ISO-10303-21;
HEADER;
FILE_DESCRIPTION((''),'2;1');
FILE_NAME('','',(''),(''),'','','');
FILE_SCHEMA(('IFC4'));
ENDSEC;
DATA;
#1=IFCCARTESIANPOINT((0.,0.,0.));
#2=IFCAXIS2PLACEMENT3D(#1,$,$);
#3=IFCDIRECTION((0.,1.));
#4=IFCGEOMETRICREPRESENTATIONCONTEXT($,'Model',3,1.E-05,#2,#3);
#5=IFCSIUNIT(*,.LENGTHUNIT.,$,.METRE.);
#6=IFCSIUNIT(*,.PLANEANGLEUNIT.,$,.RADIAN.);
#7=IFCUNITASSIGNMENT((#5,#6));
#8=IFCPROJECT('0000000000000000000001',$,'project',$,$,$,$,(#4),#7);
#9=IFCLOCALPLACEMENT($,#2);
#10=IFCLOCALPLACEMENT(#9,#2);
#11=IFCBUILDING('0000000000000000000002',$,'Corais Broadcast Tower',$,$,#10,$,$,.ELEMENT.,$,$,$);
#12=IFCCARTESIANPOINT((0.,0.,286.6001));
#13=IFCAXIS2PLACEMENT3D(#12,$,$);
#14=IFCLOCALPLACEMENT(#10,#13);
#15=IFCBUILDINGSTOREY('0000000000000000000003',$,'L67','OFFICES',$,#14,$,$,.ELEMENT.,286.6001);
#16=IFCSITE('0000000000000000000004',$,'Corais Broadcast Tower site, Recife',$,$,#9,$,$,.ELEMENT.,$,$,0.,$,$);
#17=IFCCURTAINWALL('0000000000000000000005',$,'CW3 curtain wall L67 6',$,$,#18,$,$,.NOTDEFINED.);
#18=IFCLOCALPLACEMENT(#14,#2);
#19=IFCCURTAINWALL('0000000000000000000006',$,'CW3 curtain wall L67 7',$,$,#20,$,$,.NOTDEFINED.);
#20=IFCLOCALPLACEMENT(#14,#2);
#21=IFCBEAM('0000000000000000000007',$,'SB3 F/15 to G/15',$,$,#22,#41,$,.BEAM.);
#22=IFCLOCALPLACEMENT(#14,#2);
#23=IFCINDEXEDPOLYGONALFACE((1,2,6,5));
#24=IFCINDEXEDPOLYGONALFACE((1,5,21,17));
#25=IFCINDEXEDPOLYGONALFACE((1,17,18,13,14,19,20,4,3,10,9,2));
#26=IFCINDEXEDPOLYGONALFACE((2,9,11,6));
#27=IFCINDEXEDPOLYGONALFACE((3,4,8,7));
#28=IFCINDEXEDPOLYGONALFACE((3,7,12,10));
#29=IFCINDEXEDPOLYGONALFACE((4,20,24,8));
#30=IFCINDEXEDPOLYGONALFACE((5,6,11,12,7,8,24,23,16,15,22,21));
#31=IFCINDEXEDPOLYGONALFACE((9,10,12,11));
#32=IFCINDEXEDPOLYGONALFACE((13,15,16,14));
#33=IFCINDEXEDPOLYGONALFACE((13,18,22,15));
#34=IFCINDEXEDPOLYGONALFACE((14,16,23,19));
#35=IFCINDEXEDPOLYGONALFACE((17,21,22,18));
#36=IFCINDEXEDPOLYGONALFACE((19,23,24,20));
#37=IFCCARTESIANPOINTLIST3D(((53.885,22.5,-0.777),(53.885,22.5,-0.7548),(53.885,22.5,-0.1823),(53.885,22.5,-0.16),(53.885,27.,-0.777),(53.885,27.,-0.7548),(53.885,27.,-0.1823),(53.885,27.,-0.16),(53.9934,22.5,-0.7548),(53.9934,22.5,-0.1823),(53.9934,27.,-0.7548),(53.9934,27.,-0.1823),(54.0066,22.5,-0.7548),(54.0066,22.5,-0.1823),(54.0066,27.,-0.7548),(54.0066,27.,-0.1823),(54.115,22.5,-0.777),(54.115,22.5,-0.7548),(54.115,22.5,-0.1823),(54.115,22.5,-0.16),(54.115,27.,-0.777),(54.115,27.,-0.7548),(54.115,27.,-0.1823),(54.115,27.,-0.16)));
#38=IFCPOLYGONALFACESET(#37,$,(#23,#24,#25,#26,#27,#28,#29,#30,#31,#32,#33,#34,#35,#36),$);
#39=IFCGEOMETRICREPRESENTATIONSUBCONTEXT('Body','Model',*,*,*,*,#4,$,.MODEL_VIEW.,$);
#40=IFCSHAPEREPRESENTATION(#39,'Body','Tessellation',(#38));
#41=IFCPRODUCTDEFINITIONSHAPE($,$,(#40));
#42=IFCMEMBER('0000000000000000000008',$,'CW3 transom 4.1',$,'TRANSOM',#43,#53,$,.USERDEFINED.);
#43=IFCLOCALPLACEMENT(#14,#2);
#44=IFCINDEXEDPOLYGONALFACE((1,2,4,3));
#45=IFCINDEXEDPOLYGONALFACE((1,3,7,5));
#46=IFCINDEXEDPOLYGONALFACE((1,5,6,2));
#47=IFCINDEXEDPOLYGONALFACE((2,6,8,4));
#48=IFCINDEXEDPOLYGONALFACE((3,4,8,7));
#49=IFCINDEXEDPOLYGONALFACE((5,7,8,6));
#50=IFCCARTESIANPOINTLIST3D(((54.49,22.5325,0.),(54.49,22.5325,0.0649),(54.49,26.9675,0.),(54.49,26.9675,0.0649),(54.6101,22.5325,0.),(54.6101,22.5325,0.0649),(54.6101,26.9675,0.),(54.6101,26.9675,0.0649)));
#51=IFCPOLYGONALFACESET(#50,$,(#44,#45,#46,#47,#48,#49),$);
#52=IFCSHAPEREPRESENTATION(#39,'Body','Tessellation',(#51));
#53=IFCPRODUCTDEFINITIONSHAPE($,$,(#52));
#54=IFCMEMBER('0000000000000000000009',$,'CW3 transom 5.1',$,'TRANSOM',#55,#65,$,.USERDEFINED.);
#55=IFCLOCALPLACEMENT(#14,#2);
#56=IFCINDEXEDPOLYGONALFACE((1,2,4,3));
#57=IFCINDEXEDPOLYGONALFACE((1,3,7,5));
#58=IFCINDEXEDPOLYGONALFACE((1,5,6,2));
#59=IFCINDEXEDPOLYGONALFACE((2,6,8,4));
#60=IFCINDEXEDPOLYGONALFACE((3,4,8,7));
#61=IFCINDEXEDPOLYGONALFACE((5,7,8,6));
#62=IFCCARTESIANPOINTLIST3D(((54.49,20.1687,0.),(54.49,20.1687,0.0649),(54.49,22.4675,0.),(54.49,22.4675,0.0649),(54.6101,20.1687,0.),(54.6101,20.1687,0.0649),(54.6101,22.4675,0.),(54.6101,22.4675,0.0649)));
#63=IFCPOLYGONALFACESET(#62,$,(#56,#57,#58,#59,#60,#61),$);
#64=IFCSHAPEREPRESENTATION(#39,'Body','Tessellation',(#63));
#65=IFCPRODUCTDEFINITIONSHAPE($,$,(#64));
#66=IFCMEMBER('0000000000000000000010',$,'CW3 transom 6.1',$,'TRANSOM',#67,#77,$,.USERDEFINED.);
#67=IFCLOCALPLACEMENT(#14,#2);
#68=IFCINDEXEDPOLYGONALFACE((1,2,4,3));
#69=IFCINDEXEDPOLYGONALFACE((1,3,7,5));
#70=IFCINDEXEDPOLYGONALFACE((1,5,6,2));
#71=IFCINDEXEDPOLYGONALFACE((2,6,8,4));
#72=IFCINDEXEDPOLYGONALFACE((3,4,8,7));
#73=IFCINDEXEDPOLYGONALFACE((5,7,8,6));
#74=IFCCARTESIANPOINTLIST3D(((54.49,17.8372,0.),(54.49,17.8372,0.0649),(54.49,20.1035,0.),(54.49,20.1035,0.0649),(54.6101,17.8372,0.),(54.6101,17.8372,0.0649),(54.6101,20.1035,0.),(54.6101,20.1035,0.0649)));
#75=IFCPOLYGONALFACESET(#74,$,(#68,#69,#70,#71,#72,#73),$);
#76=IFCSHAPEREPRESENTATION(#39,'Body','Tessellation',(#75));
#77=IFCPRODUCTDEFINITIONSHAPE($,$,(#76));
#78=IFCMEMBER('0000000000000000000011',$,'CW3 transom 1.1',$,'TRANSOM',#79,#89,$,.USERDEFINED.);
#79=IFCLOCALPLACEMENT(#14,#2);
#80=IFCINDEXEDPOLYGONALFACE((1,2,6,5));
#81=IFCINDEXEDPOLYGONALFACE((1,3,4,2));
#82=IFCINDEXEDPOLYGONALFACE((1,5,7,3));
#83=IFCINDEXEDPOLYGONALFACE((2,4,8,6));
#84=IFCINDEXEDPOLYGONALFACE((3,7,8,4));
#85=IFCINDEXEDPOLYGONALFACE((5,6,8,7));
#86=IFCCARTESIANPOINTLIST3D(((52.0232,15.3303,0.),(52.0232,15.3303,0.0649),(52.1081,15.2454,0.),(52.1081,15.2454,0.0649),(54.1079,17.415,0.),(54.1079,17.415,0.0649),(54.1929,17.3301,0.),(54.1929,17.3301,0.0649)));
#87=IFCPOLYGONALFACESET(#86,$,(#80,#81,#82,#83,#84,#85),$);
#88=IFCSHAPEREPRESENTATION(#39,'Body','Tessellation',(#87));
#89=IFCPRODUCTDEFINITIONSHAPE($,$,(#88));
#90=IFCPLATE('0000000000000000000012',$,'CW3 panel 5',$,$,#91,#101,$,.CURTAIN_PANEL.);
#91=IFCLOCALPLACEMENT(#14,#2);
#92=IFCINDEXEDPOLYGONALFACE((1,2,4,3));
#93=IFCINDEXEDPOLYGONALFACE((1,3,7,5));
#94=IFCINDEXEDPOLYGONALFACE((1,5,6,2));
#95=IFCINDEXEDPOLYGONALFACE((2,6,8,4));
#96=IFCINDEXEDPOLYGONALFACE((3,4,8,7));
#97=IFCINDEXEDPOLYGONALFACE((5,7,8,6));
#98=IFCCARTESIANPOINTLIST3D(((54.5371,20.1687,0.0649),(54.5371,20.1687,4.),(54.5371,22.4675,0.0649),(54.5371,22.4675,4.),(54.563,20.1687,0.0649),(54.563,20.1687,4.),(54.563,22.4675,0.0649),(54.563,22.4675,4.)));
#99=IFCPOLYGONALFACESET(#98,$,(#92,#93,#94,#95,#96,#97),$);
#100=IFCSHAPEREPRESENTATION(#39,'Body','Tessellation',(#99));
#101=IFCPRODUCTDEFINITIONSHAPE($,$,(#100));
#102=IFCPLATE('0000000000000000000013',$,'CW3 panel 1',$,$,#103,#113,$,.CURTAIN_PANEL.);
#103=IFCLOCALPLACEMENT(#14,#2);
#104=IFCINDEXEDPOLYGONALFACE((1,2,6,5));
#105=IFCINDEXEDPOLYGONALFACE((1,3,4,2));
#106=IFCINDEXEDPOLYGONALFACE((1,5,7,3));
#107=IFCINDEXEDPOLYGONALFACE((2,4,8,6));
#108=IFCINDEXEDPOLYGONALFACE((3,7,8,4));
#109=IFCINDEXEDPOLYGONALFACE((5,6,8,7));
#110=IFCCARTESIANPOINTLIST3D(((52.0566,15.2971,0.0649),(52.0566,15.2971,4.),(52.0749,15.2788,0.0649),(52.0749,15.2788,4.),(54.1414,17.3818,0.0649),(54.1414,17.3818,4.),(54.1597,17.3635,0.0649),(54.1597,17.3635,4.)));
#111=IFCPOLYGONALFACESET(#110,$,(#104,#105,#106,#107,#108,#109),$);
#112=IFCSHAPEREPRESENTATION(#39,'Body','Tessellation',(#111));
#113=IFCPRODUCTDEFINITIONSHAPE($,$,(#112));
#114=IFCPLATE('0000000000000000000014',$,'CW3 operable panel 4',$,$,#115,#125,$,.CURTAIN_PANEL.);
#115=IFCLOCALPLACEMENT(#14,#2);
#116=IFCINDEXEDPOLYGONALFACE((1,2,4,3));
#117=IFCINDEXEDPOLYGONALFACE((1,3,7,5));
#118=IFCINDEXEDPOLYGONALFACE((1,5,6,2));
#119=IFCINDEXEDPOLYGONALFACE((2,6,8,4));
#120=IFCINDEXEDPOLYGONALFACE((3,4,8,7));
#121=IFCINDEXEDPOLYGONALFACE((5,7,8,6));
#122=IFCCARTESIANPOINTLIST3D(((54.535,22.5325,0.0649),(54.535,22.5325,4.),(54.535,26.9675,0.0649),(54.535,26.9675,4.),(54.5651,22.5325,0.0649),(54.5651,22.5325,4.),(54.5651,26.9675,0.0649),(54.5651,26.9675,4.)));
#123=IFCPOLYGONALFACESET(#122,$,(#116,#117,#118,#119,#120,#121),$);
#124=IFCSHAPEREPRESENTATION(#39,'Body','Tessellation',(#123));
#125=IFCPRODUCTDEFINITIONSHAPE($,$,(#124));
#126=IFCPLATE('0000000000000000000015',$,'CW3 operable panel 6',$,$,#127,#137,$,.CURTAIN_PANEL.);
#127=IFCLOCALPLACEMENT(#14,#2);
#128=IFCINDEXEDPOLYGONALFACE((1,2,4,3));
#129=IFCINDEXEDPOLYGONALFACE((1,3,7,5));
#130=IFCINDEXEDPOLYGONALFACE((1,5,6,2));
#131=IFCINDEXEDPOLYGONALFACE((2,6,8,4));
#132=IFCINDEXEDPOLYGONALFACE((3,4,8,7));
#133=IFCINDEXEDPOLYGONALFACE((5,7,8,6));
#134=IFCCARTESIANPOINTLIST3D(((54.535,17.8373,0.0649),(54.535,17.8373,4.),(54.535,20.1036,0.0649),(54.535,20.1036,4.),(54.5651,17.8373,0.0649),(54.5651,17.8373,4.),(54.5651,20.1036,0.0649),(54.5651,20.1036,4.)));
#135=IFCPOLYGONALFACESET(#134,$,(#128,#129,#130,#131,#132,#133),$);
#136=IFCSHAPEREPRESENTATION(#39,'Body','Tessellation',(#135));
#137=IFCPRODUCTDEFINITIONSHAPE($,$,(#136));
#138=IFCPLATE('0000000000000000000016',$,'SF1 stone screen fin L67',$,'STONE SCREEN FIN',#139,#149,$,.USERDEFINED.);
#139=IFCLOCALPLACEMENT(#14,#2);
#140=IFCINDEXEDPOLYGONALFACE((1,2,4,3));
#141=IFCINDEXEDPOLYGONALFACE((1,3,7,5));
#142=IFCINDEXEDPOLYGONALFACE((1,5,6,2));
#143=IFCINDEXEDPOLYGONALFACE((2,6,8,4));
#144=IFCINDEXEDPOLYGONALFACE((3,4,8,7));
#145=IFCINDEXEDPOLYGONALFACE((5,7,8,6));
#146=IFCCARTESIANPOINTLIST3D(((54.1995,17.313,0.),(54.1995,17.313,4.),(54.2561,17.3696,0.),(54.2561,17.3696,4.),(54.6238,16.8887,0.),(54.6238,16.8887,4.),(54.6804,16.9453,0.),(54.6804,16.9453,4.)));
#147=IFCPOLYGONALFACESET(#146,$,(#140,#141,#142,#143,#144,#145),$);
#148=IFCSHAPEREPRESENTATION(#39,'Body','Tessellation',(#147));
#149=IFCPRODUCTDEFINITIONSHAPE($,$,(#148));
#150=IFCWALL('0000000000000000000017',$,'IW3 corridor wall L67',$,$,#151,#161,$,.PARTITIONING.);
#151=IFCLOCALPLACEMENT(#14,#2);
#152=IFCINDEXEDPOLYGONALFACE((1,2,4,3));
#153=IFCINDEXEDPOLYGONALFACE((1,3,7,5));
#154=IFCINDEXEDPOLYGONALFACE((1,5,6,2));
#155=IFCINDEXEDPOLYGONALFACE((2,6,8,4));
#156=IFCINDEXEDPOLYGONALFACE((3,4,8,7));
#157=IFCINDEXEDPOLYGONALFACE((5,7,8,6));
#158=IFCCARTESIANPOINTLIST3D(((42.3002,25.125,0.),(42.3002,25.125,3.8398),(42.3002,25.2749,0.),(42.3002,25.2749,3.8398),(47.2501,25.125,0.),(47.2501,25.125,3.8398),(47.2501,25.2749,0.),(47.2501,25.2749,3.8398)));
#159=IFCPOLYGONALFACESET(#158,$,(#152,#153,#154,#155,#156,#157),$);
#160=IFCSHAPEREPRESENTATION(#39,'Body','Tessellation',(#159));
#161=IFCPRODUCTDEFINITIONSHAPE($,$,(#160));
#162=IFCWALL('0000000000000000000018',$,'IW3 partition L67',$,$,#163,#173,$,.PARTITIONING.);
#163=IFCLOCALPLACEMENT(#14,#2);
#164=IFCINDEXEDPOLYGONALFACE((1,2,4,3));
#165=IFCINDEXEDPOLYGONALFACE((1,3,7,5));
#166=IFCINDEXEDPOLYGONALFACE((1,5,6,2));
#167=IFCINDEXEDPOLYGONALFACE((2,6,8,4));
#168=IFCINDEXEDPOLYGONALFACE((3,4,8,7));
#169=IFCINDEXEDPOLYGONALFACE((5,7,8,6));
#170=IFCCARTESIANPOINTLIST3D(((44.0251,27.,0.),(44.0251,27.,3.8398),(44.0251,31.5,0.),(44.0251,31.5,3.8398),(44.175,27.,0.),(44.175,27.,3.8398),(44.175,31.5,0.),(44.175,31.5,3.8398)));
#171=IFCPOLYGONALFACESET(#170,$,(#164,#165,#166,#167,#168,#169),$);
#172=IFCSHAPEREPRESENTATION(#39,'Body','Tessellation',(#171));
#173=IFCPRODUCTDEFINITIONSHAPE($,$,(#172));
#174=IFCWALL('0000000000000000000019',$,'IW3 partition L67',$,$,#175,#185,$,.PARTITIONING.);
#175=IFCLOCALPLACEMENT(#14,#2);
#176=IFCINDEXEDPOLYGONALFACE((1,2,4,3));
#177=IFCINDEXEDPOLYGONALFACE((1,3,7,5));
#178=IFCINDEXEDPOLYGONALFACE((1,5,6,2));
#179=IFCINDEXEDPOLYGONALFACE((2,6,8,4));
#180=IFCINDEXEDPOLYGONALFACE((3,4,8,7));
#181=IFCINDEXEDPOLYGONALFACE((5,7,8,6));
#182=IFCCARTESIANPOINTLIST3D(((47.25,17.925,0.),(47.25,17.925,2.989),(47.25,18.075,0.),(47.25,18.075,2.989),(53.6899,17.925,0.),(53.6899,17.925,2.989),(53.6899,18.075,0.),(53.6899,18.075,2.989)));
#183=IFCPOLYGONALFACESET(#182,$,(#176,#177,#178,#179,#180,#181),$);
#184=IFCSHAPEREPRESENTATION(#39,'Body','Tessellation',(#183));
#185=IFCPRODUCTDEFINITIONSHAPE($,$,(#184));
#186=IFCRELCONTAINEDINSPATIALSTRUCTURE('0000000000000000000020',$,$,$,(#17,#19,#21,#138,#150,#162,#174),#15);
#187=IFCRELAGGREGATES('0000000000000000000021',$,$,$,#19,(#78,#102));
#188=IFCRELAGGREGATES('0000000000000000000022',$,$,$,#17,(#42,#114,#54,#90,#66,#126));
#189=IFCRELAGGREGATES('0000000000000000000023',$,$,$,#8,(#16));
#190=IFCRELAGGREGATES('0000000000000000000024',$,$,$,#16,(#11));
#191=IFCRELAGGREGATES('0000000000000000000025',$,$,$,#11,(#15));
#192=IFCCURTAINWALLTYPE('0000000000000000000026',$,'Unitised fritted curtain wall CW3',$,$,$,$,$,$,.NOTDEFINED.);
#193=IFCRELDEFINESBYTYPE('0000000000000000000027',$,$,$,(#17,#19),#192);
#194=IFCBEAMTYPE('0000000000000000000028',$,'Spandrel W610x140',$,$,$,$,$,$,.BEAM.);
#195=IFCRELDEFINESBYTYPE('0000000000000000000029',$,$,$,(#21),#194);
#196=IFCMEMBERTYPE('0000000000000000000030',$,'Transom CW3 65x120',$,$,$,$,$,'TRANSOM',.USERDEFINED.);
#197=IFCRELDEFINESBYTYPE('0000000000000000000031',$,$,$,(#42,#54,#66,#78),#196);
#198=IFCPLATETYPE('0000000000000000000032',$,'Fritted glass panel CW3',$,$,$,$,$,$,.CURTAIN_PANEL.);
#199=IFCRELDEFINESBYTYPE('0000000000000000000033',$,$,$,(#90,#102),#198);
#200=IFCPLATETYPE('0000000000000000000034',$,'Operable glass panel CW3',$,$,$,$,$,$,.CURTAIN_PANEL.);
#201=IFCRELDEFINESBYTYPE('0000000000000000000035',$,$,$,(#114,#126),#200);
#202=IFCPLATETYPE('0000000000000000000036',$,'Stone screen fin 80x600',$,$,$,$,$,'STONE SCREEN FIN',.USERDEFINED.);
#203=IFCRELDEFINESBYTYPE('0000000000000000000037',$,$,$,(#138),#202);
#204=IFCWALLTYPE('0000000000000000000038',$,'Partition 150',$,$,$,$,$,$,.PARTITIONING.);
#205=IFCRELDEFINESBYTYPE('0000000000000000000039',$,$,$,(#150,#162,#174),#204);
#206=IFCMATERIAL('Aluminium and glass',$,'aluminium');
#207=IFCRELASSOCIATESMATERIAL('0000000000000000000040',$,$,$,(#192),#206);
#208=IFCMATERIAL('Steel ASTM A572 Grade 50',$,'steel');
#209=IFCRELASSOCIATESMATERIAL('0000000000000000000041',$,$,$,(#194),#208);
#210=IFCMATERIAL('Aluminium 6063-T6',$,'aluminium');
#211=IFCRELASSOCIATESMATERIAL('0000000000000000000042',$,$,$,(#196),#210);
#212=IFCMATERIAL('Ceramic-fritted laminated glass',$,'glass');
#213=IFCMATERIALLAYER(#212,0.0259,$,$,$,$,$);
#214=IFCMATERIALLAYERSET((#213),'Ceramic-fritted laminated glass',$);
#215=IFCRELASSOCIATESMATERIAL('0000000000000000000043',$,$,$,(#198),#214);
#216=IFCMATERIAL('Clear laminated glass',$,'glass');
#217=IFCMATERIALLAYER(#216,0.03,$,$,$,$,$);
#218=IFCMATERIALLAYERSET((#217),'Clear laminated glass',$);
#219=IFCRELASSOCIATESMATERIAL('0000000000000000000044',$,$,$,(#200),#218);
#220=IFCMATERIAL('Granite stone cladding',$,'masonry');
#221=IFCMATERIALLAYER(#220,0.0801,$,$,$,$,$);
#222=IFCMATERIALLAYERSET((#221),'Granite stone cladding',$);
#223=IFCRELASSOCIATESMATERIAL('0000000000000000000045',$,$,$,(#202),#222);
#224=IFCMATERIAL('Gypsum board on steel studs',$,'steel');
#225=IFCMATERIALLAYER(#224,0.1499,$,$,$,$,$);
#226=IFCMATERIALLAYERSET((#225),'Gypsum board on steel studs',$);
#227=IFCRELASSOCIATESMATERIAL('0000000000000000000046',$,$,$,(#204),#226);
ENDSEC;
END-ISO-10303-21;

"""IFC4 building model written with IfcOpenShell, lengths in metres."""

from ifc_helpers import new_model, si_unit, direction, frame, frame_2d, origin, origin_2d, place, context, subcontext, project, spatial, rectangle, i_section, extrude, material, layer, layer_set, material_profile, profile_set, type_object, element, aggregate, save


model = new_model("IFC4")

# Units and contexts
model_context = context("Model", 3, precision=1e-05, world=origin(), true_north=direction((0.0, 1.0)))
body_context = subcontext(model_context, "Body", "Model", "MODEL_VIEW")
ifc_project = project(units=[si_unit("LENGTHUNIT", "METRE"), si_unit("PLANEANGLEUNIT", "RADIAN")], contexts=[model_context])

# Site, building, storey
site_placement = place(None, origin())
site = spatial("IfcSite", under=ifc_project, at=site_placement, Name="Corais Broadcast Tower site, Recife", CompositionType="ELEMENT", RefElevation=0.0)
building_placement = place(site_placement, origin())
building = spatial("IfcBuilding", under=site, at=building_placement, Name="Corais Broadcast Tower", CompositionType="ELEMENT")
storey_placement = place(building_placement, frame((0.0, 0.0, 286.6001)))
storey = spatial("IfcBuildingStorey", under=building, at=storey_placement, Name="L67", Description="OFFICES", CompositionType="ELEMENT", Elevation=286.6001)

# Curtain wall
ifc_material_1 = material(Name="Aluminium and glass", Category="aluminium")
curtain_wall_type = type_object("IfcCurtainWallType", Name="Unitised fritted curtain wall CW3", PredefinedType="NOTDEFINED", material=ifc_material_1)
curtain_wall_1_placement = place(storey_placement, origin())
curtain_wall_1 = element("IfcCurtainWall", 1, at=curtain_wall_1_placement, inside=storey, type_object=curtain_wall_type, Name="CW3 curtain wall L67 6", PredefinedType="NOTDEFINED")

# Curtain wall
curtain_wall_2_placement = place(storey_placement, origin())
curtain_wall_2 = element("IfcCurtainWall", 2, at=curtain_wall_2_placement, inside=storey, type_object=curtain_wall_type, Name="CW3 curtain wall L67 7", PredefinedType="NOTDEFINED")

# Beam
ifc_material_2 = material(Name="Steel ASTM A572 Grade 50", Category="steel")
ifc_material_profile_1 = material_profile(ifc_material_2, i_section(OverallWidth=0.23, OverallDepth=0.6169, WebThickness=0.0132, FlangeThickness=0.0222, at=origin_2d()), Name="W610x140")
ifc_profile_set_1 = profile_set([ifc_material_profile_1], Name="Steel ASTM A572 Grade 50")
beam_type_1 = type_object("IfcBeamType", Name="Spandrel W610x140", PredefinedType="BEAM", material=ifc_profile_set_1)
for number, where, z_axis, x_axis, name in (
    (3, (54.0, 22.5, -0.4685), (0.0, 1.0, 0.0), (-1.0, 0.0, 0.0), "SB3 F/15 to G/15"),
):
    element("IfcBeam", number, at=place(storey_placement, frame(where, z_axis=z_axis, x_axis=x_axis)), inside=storey, type_object=beam_type_1, Name=name, PredefinedType="BEAM", context=body_context, shape_type="SweptSolid", body=[
        extrude(i_section(OverallWidth=0.23, OverallDepth=0.6169, WebThickness=0.0132, FlangeThickness=0.0222, at=origin_2d()), origin(), (0.0, 0.0, 1.0), 4.5),
    ])

# Members
ifc_material_3 = material(Name="Aluminium 6063-T6", Category="aluminium")
ifc_material_profile_2 = material_profile(ifc_material_3, rectangle(XDim=0.1201, YDim=0.0649, at=origin_2d()), Name="Transom CW3 65x120")
ifc_profile_set_2 = profile_set([ifc_material_profile_2], Name="Aluminium 6063-T6")
member_type_1 = type_object("IfcMemberType", Name="Transom CW3 65x120", ElementType="TRANSOM", PredefinedType="USERDEFINED", material=ifc_profile_set_2)
member_1_placement = place(storey_placement, frame((54.55, 26.9675, 0.0325), z_axis=(0.0, -1.0, 0.0), x_axis=(1.0, 0.0, 0.0)))
member_1 = element("IfcMember", 4, at=member_1_placement, type_object=member_type_1, Name="CW3 transom 4.1", ObjectType="TRANSOM", PredefinedType="USERDEFINED", context=body_context, shape_type="SweptSolid", body=[
    extrude(rectangle(XDim=0.1201, YDim=0.0649, at=origin_2d()), origin(), (0.0, 0.0, 1.0), 4.4351),
])
member_2_placement = place(storey_placement, frame((54.55, 22.4675, 0.0325), z_axis=(0.0, -1.0, 0.0), x_axis=(1.0, 0.0, 0.0)))
member_2 = element("IfcMember", 5, at=member_2_placement, type_object=member_type_1, Name="CW3 transom 5.1", ObjectType="TRANSOM", PredefinedType="USERDEFINED", context=body_context, shape_type="SweptSolid", body=[
    extrude(rectangle(XDim=0.1201, YDim=0.0649, at=origin_2d()), origin(), (0.0, 0.0, 1.0), 2.2988),
])
member_3_placement = place(storey_placement, frame((54.55, 20.1035, 0.0325), z_axis=(0.0, -1.0, 0.0), x_axis=(1.0, 0.0, 0.0)))
member_3 = element("IfcMember", 6, at=member_3_placement, type_object=member_type_1, Name="CW3 transom 6.1", ObjectType="TRANSOM", PredefinedType="USERDEFINED", context=body_context, shape_type="SweptSolid", body=[
    extrude(rectangle(XDim=0.1201, YDim=0.0649, at=origin_2d()), origin(), (0.0, 0.0, 1.0), 2.2664),
])
member_4_placement = place(storey_placement, frame((54.1504, 17.3726, 0.0325), z_axis=(-0.707107, -0.707107, 0.0), x_axis=(0.707107, -0.707107, 0.0)))
member_4 = element("IfcMember", 7, at=member_4_placement, type_object=member_type_1, Name="CW3 transom 1.1", ObjectType="TRANSOM", PredefinedType="USERDEFINED", context=body_context, shape_type="SweptSolid", body=[
    extrude(rectangle(XDim=0.1201, YDim=0.0649, at=origin_2d()), origin(), (0.0, 0.0, 1.0), 2.9482),
])

# Plates
ifc_material_4 = material(Name="Ceramic-fritted laminated glass", Category="glass")
ifc_layer_1 = layer(ifc_material_4, 0.0259)
ifc_layer_set_1 = layer_set([ifc_layer_1], Name="Ceramic-fritted laminated glass")
plate_type_1 = type_object("IfcPlateType", Name="Fritted glass panel CW3", PredefinedType="CURTAIN_PANEL", material=ifc_layer_set_1)
plate_1_placement = place(storey_placement, frame((54.55, 21.3181, 0.0649), z_axis=(0.0, 0.0, 1.0), x_axis=(0.0, -1.0, 0.0)))
plate_1 = element("IfcPlate", 8, at=plate_1_placement, type_object=plate_type_1, Name="CW3 panel 5", PredefinedType="CURTAIN_PANEL", context=body_context, shape_type="SweptSolid", body=[
    extrude(rectangle(XDim=2.2988, YDim=0.0259, at=origin_2d()), origin(), (0.0, 0.0, 1.0), 3.9351),
])
plate_2_placement = place(storey_placement, frame((53.1082, 16.3303, 0.0649), z_axis=(0.0, 0.0, 1.0), x_axis=(-0.707107, -0.707107, 0.0)))
plate_2 = element("IfcPlate", 9, at=plate_2_placement, type_object=plate_type_1, Name="CW3 panel 1", PredefinedType="CURTAIN_PANEL", context=body_context, shape_type="SweptSolid", body=[
    extrude(rectangle(XDim=2.9482, YDim=0.0259, at=origin_2d()), origin(), (0.0, 0.0, 1.0), 3.9351),
])
aggregate(curtain_wall_2, [member_4, plate_2])
ifc_material_5 = material(Name="Clear laminated glass", Category="glass")
ifc_layer_2 = layer(ifc_material_5, 0.03)
ifc_layer_set_2 = layer_set([ifc_layer_2], Name="Clear laminated glass")
plate_type_2 = type_object("IfcPlateType", Name="Operable glass panel CW3", PredefinedType="CURTAIN_PANEL", material=ifc_layer_set_2)
plate_3_placement = place(storey_placement, frame((54.55, 24.75, 0.0649), z_axis=(0.0, 0.0, 1.0), x_axis=(0.0, -1.0, 0.0)))
plate_3 = element("IfcPlate", 10, at=plate_3_placement, type_object=plate_type_2, Name="CW3 operable panel 4", PredefinedType="CURTAIN_PANEL", context=body_context, shape_type="SweptSolid", body=[
    extrude(rectangle(XDim=4.4351, YDim=0.03, at=origin_2d()), origin(), (0.0, 0.0, 1.0), 3.9351),
])
plate_4_placement = place(storey_placement, frame((54.55, 18.9705, 0.0649), z_axis=(0.0, 0.0, 1.0), x_axis=(0.0, -1.0, 0.0)))
plate_4 = element("IfcPlate", 11, at=plate_4_placement, type_object=plate_type_2, Name="CW3 operable panel 6", PredefinedType="CURTAIN_PANEL", context=body_context, shape_type="SweptSolid", body=[
    extrude(rectangle(XDim=2.2664, YDim=0.03, at=origin_2d()), origin(), (0.0, 0.0, 1.0), 3.9351),
])
aggregate(curtain_wall_1, [member_1, plate_3, member_2, plate_1, member_3, plate_4])
ifc_material_6 = material(Name="Granite stone cladding", Category="masonry")
ifc_layer_3 = layer(ifc_material_6, 0.0801)
ifc_layer_set_3 = layer_set([ifc_layer_3], Name="Granite stone cladding")
plate_type_3 = type_object("IfcPlateType", Name="Stone screen fin 80x600", ElementType="STONE SCREEN FIN", PredefinedType="USERDEFINED", material=ifc_layer_set_3)
plate_5_placement = place(storey_placement, frame((54.4399, 17.1292, 0.0), z_axis=(0.0, 0.0, 1.0), x_axis=(-0.707107, -0.707107, 0.0)))
element("IfcPlate", 12, at=plate_5_placement, inside=storey, type_object=plate_type_3, Name="SF1 stone screen fin L67", ObjectType="STONE SCREEN FIN", PredefinedType="USERDEFINED", context=body_context, shape_type="SweptSolid", body=[
    extrude(rectangle(XDim=0.0801, YDim=0.6001, at=origin_2d()), origin(), (0.0, 0.0, 1.0), 4.0),
])

# Walls
ifc_material_7 = material(Name="Gypsum board on steel studs", Category="steel")
ifc_layer_4 = layer(ifc_material_7, 0.1499)
ifc_layer_set_4 = layer_set([ifc_layer_4], Name="Gypsum board on steel studs")
wall_type = type_object("IfcWallType", Name="Partition 150", PredefinedType="PARTITIONING", material=ifc_layer_set_4)
wall_1_placement = place(storey_placement, frame((42.3, 25.2, 0.0), z_axis=(0.0, 0.0, 1.0), x_axis=(1.0, 0.0, 0.0)))
element("IfcWall", 13, at=wall_1_placement, inside=storey, type_object=wall_type, Name="IW3 corridor wall L67", PredefinedType="PARTITIONING", context=body_context, shape_type="SweptSolid", body=[
    extrude(rectangle(XDim=4.95, YDim=0.1499, at=frame_2d((2.4751, 0.0))), origin(), (0.0, 0.0, 1.0), 3.8398),
])
wall_2_placement = place(storey_placement, frame((44.1001, 27.0, 0.0), z_axis=(0.0, 0.0, 1.0), x_axis=(0.0, 1.0, 0.0)))
element("IfcWall", 14, at=wall_2_placement, inside=storey, type_object=wall_type, Name="IW3 partition L67", PredefinedType="PARTITIONING", context=body_context, shape_type="SweptSolid", body=[
    extrude(rectangle(XDim=4.5, YDim=0.1499, at=frame_2d((2.25, 0.0))), origin(), (0.0, 0.0, 1.0), 3.8398),
])
for number, where, z_axis, x_axis, name in (
    (15, (47.25, 18.0, 0.0), (0.0, 0.0, 1.0), (1.0, 0.0, 0.0), "IW3 partition L67"),
):
    element("IfcWall", number, at=place(storey_placement, frame(where, z_axis=z_axis, x_axis=x_axis)), inside=storey, type_object=wall_type, Name=name, PredefinedType="PARTITIONING", context=body_context, shape_type="SweptSolid", body=[
        extrude(rectangle(XDim=6.4399, YDim=0.1499, at=frame_2d((3.22, 0.0))), origin(), (0.0, 0.0, 1.0), 2.989),
    ])

save(model, "model.ifc")
